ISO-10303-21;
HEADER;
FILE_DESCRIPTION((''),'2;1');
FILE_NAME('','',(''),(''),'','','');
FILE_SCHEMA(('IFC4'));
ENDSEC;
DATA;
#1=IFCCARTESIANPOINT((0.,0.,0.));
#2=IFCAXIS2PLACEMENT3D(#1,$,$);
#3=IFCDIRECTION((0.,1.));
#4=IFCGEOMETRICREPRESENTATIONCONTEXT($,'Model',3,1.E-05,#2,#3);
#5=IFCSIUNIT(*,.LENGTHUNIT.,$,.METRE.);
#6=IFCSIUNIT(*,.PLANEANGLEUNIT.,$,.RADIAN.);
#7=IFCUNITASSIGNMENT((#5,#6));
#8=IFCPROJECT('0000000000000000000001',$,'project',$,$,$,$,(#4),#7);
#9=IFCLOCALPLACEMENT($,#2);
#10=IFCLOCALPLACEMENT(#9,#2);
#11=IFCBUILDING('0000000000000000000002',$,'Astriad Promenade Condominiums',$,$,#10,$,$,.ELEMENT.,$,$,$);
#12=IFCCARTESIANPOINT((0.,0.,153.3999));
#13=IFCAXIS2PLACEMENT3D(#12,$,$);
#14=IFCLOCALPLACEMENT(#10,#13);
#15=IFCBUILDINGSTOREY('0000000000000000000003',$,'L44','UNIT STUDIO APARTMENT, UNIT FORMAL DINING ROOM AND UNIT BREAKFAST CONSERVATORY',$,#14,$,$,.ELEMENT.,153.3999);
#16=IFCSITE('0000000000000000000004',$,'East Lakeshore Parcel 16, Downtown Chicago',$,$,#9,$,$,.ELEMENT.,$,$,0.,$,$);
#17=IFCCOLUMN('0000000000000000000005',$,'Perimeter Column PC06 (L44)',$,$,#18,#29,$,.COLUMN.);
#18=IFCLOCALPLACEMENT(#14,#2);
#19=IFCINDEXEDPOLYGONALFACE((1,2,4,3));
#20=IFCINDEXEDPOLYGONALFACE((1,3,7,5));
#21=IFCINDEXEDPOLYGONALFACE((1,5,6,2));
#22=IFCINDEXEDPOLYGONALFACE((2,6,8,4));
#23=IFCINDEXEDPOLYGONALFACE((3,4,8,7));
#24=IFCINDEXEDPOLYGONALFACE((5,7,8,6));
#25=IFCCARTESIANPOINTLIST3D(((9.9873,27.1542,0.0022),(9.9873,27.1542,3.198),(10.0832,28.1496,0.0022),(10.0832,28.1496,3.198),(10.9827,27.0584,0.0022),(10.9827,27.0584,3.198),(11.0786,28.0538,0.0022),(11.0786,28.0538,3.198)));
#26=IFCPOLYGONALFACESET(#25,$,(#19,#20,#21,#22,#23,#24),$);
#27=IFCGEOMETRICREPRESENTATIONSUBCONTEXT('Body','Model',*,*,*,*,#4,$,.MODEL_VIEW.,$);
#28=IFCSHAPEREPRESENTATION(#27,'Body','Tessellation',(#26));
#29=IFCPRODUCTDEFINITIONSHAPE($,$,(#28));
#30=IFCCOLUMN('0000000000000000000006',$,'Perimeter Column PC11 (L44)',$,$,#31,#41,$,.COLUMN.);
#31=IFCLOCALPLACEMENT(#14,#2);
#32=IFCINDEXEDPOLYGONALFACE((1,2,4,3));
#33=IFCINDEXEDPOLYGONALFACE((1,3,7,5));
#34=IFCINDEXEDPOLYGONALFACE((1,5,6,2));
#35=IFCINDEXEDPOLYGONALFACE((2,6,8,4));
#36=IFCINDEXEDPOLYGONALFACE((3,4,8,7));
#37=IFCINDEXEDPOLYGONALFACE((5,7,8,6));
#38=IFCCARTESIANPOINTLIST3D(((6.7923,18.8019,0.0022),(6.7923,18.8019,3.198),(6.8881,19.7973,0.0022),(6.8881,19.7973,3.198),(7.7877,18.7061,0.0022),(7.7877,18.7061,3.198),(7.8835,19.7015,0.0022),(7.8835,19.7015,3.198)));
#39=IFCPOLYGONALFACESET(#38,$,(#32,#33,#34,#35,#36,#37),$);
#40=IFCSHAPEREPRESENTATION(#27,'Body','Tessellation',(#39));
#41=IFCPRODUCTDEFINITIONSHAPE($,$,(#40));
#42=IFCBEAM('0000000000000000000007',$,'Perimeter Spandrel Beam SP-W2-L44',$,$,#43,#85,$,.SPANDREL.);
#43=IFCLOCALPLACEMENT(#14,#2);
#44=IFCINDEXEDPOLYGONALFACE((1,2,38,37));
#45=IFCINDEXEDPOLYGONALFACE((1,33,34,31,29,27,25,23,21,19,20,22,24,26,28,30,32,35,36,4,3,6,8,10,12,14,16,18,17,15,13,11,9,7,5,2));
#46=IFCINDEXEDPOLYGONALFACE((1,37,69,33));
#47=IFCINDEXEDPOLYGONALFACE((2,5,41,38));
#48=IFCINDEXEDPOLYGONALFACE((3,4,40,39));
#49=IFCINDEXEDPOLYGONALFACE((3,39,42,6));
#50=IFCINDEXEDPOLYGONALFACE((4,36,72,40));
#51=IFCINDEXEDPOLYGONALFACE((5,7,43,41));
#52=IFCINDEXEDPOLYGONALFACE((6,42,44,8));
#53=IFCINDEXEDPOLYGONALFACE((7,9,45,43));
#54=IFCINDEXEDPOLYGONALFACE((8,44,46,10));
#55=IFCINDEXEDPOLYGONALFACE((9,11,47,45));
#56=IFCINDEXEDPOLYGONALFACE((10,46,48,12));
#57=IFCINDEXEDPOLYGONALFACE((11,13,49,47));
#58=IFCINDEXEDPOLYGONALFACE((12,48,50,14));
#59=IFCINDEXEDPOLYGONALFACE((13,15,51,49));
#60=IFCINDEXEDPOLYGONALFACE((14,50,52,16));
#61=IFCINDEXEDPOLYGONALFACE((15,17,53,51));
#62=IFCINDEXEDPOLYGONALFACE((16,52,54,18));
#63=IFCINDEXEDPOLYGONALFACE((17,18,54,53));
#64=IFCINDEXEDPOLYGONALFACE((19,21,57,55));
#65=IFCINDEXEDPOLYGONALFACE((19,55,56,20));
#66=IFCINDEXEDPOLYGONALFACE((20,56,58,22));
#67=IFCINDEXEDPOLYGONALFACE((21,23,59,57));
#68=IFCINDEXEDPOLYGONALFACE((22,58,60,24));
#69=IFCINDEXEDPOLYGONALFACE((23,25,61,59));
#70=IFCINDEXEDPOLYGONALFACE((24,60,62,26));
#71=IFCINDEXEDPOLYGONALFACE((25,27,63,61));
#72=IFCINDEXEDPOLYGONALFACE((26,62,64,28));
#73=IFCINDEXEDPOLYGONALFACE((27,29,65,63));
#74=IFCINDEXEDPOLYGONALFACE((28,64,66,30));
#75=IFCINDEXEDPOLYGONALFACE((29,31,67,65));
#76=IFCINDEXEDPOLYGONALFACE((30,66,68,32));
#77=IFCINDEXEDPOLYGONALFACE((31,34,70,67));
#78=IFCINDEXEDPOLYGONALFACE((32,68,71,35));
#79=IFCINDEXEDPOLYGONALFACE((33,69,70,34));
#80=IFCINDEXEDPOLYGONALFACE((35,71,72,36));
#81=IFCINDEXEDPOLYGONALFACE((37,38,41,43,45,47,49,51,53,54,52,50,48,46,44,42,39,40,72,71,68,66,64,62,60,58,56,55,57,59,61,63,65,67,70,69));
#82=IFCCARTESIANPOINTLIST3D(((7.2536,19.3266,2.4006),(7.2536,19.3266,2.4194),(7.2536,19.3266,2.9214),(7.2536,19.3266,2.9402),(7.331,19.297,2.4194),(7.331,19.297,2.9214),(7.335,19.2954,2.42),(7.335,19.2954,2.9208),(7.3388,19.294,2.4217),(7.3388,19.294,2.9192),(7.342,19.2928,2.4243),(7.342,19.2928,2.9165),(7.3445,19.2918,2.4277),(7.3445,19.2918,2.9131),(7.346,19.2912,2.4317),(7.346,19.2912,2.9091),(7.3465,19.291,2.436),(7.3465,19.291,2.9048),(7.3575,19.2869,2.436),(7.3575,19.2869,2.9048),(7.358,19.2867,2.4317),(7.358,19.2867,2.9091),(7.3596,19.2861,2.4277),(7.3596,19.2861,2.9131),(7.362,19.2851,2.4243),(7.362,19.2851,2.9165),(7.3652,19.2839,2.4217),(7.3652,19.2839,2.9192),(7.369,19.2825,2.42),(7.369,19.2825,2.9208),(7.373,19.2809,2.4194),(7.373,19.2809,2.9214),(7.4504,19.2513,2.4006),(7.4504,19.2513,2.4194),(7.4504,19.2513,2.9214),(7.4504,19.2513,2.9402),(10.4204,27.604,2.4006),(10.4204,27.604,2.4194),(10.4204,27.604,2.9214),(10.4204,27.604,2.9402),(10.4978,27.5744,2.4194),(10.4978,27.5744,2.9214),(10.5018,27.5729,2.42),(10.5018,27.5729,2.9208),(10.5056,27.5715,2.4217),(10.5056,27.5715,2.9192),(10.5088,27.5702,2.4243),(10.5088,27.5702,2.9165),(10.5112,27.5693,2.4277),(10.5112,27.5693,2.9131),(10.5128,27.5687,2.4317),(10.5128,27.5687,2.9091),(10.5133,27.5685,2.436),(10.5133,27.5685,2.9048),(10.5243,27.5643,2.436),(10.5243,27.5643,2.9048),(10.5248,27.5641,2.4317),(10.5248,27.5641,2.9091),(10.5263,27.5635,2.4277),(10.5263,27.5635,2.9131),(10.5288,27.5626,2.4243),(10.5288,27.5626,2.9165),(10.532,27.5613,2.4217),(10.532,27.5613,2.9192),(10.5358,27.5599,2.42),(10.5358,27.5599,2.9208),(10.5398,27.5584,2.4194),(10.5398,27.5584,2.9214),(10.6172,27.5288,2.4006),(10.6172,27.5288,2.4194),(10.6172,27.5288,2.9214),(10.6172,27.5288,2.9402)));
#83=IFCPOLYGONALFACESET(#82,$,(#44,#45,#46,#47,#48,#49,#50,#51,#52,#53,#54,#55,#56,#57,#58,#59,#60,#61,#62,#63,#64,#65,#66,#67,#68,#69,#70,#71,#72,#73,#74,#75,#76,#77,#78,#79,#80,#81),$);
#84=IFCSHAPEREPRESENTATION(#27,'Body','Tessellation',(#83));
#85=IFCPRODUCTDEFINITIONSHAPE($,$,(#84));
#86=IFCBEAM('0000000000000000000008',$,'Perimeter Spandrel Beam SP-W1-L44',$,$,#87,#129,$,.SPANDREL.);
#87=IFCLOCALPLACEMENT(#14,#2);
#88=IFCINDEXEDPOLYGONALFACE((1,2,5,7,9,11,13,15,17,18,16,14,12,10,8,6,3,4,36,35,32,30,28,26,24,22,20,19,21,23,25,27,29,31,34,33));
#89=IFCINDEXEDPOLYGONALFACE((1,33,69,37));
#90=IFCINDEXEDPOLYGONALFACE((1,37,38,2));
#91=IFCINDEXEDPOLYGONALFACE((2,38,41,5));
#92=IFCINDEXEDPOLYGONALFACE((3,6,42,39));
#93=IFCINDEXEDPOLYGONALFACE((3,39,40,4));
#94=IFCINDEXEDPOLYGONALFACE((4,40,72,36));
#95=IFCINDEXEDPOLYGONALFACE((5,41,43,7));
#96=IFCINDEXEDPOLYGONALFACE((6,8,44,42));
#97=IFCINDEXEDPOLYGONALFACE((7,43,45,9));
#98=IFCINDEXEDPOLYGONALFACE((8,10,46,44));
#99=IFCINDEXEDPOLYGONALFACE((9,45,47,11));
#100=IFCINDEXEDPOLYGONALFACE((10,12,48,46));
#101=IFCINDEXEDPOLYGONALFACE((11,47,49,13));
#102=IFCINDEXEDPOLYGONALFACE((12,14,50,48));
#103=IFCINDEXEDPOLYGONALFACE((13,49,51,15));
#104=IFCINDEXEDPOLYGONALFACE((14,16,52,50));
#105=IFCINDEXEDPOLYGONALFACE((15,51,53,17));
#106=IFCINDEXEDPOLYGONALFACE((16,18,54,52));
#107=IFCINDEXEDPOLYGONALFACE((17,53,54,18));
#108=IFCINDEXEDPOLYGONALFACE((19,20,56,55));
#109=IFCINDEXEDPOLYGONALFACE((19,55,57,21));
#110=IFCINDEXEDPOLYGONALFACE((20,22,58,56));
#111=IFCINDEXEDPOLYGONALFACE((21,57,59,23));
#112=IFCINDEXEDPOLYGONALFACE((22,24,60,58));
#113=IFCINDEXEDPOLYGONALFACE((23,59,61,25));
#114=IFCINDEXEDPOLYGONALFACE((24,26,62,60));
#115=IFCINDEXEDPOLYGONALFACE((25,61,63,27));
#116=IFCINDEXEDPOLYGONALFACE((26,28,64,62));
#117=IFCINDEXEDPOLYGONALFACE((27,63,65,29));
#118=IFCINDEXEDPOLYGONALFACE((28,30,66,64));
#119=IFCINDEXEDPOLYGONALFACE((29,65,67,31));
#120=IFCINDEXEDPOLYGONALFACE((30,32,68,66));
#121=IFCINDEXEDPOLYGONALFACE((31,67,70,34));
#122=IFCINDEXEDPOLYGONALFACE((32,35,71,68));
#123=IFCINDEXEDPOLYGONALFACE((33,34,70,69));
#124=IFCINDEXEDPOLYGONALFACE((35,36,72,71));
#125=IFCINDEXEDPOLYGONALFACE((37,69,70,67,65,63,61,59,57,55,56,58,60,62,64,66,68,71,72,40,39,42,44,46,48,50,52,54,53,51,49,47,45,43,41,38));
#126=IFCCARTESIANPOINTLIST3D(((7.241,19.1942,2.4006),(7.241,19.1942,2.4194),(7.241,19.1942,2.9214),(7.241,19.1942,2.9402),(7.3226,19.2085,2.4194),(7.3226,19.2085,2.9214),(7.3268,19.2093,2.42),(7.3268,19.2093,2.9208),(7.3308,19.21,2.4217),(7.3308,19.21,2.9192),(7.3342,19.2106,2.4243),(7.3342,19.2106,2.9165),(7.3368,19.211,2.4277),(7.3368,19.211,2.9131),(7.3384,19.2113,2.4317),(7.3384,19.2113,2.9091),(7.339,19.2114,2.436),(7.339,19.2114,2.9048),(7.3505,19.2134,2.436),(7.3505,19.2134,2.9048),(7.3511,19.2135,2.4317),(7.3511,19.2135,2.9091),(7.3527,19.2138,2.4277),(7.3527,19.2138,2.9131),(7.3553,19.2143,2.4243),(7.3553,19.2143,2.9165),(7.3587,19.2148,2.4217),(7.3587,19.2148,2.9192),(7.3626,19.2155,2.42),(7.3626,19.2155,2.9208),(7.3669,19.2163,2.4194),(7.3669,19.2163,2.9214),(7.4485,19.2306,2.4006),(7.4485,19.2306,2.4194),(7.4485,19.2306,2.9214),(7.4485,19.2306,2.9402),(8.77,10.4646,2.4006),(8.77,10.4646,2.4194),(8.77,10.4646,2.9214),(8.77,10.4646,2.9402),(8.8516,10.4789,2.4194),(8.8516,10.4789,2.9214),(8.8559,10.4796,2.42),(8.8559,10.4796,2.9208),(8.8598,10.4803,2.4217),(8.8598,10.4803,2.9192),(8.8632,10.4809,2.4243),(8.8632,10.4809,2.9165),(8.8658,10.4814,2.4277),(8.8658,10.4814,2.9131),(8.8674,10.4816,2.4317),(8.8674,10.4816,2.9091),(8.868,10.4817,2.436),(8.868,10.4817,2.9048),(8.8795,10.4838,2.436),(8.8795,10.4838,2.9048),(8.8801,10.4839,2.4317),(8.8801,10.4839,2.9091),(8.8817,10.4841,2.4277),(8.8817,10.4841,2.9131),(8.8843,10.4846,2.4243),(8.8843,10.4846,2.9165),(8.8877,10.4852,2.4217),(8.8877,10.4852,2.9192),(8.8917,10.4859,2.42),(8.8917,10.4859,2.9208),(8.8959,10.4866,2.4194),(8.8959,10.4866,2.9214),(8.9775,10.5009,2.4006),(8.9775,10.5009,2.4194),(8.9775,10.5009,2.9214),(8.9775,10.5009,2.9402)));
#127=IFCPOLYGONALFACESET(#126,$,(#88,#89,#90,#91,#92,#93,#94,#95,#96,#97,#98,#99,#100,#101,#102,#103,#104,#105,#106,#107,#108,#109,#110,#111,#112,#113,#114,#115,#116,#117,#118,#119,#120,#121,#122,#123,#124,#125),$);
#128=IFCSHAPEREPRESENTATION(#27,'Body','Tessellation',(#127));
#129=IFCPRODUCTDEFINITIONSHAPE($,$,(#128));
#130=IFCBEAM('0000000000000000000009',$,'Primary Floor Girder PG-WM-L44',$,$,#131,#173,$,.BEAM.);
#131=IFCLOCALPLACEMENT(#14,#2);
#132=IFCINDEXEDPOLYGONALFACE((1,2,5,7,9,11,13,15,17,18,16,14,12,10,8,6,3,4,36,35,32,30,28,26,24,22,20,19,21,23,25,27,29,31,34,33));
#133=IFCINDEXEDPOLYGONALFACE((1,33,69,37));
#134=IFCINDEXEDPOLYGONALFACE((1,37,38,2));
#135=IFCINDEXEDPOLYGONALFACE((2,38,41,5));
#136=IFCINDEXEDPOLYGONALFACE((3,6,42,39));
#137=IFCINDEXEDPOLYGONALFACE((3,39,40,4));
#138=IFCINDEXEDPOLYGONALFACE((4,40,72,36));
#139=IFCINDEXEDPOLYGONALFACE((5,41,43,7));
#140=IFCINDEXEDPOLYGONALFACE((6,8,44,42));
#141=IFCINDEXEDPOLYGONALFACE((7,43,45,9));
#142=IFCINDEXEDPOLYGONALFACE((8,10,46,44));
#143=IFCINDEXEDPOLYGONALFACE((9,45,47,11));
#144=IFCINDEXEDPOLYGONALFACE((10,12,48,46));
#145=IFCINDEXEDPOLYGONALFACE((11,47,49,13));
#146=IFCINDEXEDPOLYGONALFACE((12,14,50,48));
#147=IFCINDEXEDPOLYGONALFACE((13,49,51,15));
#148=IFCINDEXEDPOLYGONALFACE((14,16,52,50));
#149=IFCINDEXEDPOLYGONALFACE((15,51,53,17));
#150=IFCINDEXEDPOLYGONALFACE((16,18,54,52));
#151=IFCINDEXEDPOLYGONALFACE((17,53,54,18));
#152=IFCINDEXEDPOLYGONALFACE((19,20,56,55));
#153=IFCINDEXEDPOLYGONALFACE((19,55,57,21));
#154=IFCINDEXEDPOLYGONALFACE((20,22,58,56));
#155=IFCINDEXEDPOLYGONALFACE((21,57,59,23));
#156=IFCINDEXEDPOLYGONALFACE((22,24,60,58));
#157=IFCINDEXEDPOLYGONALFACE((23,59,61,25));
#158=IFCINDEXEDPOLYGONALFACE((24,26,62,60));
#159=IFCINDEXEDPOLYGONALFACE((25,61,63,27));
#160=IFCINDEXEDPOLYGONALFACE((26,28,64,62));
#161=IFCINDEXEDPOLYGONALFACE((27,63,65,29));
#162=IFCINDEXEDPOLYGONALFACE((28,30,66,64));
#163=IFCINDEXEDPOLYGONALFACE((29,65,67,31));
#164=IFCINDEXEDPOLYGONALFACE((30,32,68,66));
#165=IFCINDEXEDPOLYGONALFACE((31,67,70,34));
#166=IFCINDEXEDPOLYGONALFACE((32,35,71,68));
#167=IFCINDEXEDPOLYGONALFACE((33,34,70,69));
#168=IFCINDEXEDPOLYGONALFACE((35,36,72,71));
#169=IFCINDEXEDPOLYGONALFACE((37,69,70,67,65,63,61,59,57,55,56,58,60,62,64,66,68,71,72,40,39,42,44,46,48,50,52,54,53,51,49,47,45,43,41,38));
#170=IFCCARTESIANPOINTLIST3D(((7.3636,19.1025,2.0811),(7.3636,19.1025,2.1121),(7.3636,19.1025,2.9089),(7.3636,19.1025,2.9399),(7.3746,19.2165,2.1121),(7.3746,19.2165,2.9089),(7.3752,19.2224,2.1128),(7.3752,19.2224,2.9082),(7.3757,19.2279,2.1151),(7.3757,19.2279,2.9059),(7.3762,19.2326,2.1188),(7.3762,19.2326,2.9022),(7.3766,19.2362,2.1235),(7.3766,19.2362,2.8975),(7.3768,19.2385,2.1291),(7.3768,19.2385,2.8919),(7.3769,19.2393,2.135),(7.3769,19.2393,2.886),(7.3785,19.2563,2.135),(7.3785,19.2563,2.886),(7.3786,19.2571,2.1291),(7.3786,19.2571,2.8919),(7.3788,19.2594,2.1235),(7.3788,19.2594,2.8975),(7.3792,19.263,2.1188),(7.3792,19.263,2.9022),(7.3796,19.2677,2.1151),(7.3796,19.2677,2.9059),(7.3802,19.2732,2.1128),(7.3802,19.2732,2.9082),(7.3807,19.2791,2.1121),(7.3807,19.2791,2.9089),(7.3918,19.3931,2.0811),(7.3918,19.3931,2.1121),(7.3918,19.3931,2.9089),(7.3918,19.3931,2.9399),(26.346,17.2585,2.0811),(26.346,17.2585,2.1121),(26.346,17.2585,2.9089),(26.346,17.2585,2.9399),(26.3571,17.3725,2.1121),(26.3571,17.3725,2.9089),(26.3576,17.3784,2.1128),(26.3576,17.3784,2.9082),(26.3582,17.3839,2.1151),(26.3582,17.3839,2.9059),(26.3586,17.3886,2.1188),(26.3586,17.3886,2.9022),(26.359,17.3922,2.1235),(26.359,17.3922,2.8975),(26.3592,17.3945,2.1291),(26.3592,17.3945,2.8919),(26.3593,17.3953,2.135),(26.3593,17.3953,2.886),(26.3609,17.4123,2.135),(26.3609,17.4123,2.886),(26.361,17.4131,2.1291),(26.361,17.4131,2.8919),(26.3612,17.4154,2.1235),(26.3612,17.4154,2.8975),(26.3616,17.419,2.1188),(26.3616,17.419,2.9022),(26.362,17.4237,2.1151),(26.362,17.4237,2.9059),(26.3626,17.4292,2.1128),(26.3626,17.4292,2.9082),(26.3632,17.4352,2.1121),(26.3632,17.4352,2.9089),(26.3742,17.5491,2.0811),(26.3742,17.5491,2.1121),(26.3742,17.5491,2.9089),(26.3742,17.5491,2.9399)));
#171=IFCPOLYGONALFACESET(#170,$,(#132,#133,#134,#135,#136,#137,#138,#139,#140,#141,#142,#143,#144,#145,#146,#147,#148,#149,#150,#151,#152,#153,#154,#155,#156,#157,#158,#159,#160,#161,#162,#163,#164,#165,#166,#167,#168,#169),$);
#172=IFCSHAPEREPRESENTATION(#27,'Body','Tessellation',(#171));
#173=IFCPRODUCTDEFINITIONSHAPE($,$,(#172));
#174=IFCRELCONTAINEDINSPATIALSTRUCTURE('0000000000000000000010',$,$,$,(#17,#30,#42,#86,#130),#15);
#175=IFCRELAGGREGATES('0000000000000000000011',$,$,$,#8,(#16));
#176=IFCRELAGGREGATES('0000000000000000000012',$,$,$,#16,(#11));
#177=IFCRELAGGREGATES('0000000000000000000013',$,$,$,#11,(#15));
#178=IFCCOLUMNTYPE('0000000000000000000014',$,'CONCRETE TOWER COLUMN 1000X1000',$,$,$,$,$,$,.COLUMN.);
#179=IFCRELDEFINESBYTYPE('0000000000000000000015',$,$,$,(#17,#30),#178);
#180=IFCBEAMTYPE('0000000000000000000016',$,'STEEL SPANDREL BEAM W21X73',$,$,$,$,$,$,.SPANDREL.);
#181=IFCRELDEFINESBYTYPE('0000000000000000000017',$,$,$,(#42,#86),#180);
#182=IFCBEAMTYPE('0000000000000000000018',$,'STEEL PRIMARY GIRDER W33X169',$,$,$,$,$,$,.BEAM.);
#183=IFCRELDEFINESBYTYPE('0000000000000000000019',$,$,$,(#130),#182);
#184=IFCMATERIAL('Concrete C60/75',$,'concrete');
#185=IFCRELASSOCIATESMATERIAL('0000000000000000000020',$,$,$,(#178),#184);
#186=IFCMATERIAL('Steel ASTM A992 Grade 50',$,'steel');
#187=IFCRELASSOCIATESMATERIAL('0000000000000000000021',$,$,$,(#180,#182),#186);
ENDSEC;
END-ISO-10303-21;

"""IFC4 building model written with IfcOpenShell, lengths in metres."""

from ifc_helpers import new_model, si_unit, direction, frame, origin, origin_2d, place, context, subcontext, project, spatial, rectangle, i_section, extrude, source, transform, mapped, material, material_profile, profile_set, type_object, type_shapes, element, save


model = new_model("IFC4")

# Units and contexts
model_context = context("Model", 3, precision=1e-05, world=origin(), true_north=direction((0.0, 1.0)))
body_context = subcontext(model_context, "Body", "Model", "MODEL_VIEW")
ifc_project = project(units=[si_unit("LENGTHUNIT", "METRE"), si_unit("PLANEANGLEUNIT", "RADIAN")], contexts=[model_context])

# Site, building, storey
site_placement = place(None, origin())
site = spatial("IfcSite", under=ifc_project, at=site_placement, Name="East Lakeshore Parcel 16, Downtown Chicago", CompositionType="ELEMENT", RefElevation=0.0)
building_placement = place(site_placement, origin())
building = spatial("IfcBuilding", under=site, at=building_placement, Name="Astriad Promenade Condominiums", CompositionType="ELEMENT")
storey_placement = place(building_placement, frame((0.0, 0.0, 153.3999)))
storey = spatial("IfcBuildingStorey", under=building, at=storey_placement, Name="L44", Description="UNIT STUDIO APARTMENT, UNIT FORMAL DINING ROOM AND UNIT BREAKFAST CONSERVATORY", CompositionType="ELEMENT", Elevation=153.3999)

# Columns
ifc_material_1 = material(Name="Concrete C60/75", Category="concrete")
ifc_material_profile_1 = material_profile(ifc_material_1, rectangle(XDim=1.0, YDim=1.0, at=origin_2d()), Name="RC-COL-1000X1000")
ifc_profile_set_1 = profile_set([ifc_material_profile_1], Name="Concrete C60/75")
column_type = type_object("IfcColumnType", Name="CONCRETE TOWER COLUMN 1000X1000", PredefinedType="COLUMN", material=ifc_profile_set_1)
shared_shape_1 = source(origin(), body_context, "Body", "SweptSolid", [
    extrude(rectangle(XDim=1.0, YDim=1.0, at=origin_2d()), origin(), (0.0, 0.0, 1.0), 3.1958),
])
type_shapes(column_type, [shared_shape_1])
for number, where, z_axis, x_axis, name in (
    (1, (10.533, 27.604, 0.0022), (0.0, 0.0, 1.0), (0.995396, -0.095846, 0.0), "Perimeter Column PC06 (L44)"),
    (2, (7.3379, 19.2517, 0.0022), (0.0, 0.0, 1.0), (0.995396, -0.095846, 0.0), "Perimeter Column PC11 (L44)"),
):
    element("IfcColumn", number, at=place(storey_placement, frame(where, z_axis=z_axis, x_axis=x_axis)), inside=storey, type_object=column_type, Name=name, PredefinedType="COLUMN", context=body_context, shape_type="MappedRepresentation", body=[
        mapped(shared_shape_1, transform((0.0, 0.0, 0.0), scale=1.0)),
    ])

# Beams
ifc_material_2 = material(Name="Steel ASTM A992 Grade 50", Category="steel")
ifc_material_profile_2 = material_profile(ifc_material_2, i_section(OverallWidth=0.2107, OverallDepth=0.5396, WebThickness=0.0117, FlangeThickness=0.0188, FilletRadius=0.0166, at=origin_2d()), Name="W21X73")
ifc_profile_set_2 = profile_set([ifc_material_profile_2], Name="Steel ASTM A992 Grade 50")
beam_type_1 = type_object("IfcBeamType", Name="STEEL SPANDREL BEAM W21X73", PredefinedType="SPANDREL", material=ifc_profile_set_2)
shared_shape_2 = source(origin(), body_context, "Body", "SweptSolid", [
    extrude(i_section(OverallWidth=0.2107, OverallDepth=0.5396, WebThickness=0.0117, FlangeThickness=0.0188, FilletRadius=0.0166, at=origin_2d()), origin(), (0.0, 0.0, 1.0), 8.8625),
])
type_shapes(beam_type_1, [shared_shape_2])
for number, where, z_axis, x_axis, name in (
    (3, (10.5188, 27.5664, 2.6704), (-0.357323, -0.933981, 0.0), (0.933981, -0.357323, 0.0), "Perimeter Spandrel Beam SP-W2-L44"),
    (4, (7.3447, 19.2124, 2.6704), (0.172528, -0.985005, 0.0), (0.985005, 0.172528, 0.0), "Perimeter Spandrel Beam SP-W1-L44"),
):
    element("IfcBeam", number, at=place(storey_placement, frame(where, z_axis=z_axis, x_axis=x_axis)), inside=storey, type_object=beam_type_1, Name=name, PredefinedType="SPANDREL", context=body_context, shape_type="MappedRepresentation", body=[
        mapped(shared_shape_2, transform((0.0, 0.0, 0.0), scale=1.0)),
    ])
ifc_material_profile_3 = material_profile(ifc_material_2, i_section(OverallWidth=0.292, OverallDepth=0.8589, WebThickness=0.0171, FlangeThickness=0.031, FilletRadius=0.0229, at=origin_2d()), Name="W33X169")
ifc_profile_set_3 = profile_set([ifc_material_profile_3], Name="Steel ASTM A992 Grade 50")
beam_type_2 = type_object("IfcBeamType", Name="STEEL PRIMARY GIRDER W33X169", PredefinedType="BEAM", material=ifc_profile_set_3)
shared_shape_3 = source(origin(), body_context, "Body", "SweptSolid", [
    extrude(i_section(OverallWidth=0.292, OverallDepth=0.8589, WebThickness=0.0171, FlangeThickness=0.031, FilletRadius=0.0229, at=origin_2d()), origin(), (0.0, 0.0, 1.0), 19.0718),
])
type_shapes(beam_type_2, [shared_shape_3])
beam_1_placement = place(storey_placement, frame((7.3777, 19.2478, 2.5105), z_axis=(0.995315, -0.096687, 0.0), x_axis=(0.096687, 0.995315, 0.0)))
element("IfcBeam", 5, at=beam_1_placement, inside=storey, type_object=beam_type_2, Name="Primary Floor Girder PG-WM-L44", PredefinedType="BEAM", context=body_context, shape_type="MappedRepresentation", body=[
    mapped(shared_shape_3, transform((0.0, 0.0, 0.0), scale=1.0)),
])

save(model, "model.ifc")
